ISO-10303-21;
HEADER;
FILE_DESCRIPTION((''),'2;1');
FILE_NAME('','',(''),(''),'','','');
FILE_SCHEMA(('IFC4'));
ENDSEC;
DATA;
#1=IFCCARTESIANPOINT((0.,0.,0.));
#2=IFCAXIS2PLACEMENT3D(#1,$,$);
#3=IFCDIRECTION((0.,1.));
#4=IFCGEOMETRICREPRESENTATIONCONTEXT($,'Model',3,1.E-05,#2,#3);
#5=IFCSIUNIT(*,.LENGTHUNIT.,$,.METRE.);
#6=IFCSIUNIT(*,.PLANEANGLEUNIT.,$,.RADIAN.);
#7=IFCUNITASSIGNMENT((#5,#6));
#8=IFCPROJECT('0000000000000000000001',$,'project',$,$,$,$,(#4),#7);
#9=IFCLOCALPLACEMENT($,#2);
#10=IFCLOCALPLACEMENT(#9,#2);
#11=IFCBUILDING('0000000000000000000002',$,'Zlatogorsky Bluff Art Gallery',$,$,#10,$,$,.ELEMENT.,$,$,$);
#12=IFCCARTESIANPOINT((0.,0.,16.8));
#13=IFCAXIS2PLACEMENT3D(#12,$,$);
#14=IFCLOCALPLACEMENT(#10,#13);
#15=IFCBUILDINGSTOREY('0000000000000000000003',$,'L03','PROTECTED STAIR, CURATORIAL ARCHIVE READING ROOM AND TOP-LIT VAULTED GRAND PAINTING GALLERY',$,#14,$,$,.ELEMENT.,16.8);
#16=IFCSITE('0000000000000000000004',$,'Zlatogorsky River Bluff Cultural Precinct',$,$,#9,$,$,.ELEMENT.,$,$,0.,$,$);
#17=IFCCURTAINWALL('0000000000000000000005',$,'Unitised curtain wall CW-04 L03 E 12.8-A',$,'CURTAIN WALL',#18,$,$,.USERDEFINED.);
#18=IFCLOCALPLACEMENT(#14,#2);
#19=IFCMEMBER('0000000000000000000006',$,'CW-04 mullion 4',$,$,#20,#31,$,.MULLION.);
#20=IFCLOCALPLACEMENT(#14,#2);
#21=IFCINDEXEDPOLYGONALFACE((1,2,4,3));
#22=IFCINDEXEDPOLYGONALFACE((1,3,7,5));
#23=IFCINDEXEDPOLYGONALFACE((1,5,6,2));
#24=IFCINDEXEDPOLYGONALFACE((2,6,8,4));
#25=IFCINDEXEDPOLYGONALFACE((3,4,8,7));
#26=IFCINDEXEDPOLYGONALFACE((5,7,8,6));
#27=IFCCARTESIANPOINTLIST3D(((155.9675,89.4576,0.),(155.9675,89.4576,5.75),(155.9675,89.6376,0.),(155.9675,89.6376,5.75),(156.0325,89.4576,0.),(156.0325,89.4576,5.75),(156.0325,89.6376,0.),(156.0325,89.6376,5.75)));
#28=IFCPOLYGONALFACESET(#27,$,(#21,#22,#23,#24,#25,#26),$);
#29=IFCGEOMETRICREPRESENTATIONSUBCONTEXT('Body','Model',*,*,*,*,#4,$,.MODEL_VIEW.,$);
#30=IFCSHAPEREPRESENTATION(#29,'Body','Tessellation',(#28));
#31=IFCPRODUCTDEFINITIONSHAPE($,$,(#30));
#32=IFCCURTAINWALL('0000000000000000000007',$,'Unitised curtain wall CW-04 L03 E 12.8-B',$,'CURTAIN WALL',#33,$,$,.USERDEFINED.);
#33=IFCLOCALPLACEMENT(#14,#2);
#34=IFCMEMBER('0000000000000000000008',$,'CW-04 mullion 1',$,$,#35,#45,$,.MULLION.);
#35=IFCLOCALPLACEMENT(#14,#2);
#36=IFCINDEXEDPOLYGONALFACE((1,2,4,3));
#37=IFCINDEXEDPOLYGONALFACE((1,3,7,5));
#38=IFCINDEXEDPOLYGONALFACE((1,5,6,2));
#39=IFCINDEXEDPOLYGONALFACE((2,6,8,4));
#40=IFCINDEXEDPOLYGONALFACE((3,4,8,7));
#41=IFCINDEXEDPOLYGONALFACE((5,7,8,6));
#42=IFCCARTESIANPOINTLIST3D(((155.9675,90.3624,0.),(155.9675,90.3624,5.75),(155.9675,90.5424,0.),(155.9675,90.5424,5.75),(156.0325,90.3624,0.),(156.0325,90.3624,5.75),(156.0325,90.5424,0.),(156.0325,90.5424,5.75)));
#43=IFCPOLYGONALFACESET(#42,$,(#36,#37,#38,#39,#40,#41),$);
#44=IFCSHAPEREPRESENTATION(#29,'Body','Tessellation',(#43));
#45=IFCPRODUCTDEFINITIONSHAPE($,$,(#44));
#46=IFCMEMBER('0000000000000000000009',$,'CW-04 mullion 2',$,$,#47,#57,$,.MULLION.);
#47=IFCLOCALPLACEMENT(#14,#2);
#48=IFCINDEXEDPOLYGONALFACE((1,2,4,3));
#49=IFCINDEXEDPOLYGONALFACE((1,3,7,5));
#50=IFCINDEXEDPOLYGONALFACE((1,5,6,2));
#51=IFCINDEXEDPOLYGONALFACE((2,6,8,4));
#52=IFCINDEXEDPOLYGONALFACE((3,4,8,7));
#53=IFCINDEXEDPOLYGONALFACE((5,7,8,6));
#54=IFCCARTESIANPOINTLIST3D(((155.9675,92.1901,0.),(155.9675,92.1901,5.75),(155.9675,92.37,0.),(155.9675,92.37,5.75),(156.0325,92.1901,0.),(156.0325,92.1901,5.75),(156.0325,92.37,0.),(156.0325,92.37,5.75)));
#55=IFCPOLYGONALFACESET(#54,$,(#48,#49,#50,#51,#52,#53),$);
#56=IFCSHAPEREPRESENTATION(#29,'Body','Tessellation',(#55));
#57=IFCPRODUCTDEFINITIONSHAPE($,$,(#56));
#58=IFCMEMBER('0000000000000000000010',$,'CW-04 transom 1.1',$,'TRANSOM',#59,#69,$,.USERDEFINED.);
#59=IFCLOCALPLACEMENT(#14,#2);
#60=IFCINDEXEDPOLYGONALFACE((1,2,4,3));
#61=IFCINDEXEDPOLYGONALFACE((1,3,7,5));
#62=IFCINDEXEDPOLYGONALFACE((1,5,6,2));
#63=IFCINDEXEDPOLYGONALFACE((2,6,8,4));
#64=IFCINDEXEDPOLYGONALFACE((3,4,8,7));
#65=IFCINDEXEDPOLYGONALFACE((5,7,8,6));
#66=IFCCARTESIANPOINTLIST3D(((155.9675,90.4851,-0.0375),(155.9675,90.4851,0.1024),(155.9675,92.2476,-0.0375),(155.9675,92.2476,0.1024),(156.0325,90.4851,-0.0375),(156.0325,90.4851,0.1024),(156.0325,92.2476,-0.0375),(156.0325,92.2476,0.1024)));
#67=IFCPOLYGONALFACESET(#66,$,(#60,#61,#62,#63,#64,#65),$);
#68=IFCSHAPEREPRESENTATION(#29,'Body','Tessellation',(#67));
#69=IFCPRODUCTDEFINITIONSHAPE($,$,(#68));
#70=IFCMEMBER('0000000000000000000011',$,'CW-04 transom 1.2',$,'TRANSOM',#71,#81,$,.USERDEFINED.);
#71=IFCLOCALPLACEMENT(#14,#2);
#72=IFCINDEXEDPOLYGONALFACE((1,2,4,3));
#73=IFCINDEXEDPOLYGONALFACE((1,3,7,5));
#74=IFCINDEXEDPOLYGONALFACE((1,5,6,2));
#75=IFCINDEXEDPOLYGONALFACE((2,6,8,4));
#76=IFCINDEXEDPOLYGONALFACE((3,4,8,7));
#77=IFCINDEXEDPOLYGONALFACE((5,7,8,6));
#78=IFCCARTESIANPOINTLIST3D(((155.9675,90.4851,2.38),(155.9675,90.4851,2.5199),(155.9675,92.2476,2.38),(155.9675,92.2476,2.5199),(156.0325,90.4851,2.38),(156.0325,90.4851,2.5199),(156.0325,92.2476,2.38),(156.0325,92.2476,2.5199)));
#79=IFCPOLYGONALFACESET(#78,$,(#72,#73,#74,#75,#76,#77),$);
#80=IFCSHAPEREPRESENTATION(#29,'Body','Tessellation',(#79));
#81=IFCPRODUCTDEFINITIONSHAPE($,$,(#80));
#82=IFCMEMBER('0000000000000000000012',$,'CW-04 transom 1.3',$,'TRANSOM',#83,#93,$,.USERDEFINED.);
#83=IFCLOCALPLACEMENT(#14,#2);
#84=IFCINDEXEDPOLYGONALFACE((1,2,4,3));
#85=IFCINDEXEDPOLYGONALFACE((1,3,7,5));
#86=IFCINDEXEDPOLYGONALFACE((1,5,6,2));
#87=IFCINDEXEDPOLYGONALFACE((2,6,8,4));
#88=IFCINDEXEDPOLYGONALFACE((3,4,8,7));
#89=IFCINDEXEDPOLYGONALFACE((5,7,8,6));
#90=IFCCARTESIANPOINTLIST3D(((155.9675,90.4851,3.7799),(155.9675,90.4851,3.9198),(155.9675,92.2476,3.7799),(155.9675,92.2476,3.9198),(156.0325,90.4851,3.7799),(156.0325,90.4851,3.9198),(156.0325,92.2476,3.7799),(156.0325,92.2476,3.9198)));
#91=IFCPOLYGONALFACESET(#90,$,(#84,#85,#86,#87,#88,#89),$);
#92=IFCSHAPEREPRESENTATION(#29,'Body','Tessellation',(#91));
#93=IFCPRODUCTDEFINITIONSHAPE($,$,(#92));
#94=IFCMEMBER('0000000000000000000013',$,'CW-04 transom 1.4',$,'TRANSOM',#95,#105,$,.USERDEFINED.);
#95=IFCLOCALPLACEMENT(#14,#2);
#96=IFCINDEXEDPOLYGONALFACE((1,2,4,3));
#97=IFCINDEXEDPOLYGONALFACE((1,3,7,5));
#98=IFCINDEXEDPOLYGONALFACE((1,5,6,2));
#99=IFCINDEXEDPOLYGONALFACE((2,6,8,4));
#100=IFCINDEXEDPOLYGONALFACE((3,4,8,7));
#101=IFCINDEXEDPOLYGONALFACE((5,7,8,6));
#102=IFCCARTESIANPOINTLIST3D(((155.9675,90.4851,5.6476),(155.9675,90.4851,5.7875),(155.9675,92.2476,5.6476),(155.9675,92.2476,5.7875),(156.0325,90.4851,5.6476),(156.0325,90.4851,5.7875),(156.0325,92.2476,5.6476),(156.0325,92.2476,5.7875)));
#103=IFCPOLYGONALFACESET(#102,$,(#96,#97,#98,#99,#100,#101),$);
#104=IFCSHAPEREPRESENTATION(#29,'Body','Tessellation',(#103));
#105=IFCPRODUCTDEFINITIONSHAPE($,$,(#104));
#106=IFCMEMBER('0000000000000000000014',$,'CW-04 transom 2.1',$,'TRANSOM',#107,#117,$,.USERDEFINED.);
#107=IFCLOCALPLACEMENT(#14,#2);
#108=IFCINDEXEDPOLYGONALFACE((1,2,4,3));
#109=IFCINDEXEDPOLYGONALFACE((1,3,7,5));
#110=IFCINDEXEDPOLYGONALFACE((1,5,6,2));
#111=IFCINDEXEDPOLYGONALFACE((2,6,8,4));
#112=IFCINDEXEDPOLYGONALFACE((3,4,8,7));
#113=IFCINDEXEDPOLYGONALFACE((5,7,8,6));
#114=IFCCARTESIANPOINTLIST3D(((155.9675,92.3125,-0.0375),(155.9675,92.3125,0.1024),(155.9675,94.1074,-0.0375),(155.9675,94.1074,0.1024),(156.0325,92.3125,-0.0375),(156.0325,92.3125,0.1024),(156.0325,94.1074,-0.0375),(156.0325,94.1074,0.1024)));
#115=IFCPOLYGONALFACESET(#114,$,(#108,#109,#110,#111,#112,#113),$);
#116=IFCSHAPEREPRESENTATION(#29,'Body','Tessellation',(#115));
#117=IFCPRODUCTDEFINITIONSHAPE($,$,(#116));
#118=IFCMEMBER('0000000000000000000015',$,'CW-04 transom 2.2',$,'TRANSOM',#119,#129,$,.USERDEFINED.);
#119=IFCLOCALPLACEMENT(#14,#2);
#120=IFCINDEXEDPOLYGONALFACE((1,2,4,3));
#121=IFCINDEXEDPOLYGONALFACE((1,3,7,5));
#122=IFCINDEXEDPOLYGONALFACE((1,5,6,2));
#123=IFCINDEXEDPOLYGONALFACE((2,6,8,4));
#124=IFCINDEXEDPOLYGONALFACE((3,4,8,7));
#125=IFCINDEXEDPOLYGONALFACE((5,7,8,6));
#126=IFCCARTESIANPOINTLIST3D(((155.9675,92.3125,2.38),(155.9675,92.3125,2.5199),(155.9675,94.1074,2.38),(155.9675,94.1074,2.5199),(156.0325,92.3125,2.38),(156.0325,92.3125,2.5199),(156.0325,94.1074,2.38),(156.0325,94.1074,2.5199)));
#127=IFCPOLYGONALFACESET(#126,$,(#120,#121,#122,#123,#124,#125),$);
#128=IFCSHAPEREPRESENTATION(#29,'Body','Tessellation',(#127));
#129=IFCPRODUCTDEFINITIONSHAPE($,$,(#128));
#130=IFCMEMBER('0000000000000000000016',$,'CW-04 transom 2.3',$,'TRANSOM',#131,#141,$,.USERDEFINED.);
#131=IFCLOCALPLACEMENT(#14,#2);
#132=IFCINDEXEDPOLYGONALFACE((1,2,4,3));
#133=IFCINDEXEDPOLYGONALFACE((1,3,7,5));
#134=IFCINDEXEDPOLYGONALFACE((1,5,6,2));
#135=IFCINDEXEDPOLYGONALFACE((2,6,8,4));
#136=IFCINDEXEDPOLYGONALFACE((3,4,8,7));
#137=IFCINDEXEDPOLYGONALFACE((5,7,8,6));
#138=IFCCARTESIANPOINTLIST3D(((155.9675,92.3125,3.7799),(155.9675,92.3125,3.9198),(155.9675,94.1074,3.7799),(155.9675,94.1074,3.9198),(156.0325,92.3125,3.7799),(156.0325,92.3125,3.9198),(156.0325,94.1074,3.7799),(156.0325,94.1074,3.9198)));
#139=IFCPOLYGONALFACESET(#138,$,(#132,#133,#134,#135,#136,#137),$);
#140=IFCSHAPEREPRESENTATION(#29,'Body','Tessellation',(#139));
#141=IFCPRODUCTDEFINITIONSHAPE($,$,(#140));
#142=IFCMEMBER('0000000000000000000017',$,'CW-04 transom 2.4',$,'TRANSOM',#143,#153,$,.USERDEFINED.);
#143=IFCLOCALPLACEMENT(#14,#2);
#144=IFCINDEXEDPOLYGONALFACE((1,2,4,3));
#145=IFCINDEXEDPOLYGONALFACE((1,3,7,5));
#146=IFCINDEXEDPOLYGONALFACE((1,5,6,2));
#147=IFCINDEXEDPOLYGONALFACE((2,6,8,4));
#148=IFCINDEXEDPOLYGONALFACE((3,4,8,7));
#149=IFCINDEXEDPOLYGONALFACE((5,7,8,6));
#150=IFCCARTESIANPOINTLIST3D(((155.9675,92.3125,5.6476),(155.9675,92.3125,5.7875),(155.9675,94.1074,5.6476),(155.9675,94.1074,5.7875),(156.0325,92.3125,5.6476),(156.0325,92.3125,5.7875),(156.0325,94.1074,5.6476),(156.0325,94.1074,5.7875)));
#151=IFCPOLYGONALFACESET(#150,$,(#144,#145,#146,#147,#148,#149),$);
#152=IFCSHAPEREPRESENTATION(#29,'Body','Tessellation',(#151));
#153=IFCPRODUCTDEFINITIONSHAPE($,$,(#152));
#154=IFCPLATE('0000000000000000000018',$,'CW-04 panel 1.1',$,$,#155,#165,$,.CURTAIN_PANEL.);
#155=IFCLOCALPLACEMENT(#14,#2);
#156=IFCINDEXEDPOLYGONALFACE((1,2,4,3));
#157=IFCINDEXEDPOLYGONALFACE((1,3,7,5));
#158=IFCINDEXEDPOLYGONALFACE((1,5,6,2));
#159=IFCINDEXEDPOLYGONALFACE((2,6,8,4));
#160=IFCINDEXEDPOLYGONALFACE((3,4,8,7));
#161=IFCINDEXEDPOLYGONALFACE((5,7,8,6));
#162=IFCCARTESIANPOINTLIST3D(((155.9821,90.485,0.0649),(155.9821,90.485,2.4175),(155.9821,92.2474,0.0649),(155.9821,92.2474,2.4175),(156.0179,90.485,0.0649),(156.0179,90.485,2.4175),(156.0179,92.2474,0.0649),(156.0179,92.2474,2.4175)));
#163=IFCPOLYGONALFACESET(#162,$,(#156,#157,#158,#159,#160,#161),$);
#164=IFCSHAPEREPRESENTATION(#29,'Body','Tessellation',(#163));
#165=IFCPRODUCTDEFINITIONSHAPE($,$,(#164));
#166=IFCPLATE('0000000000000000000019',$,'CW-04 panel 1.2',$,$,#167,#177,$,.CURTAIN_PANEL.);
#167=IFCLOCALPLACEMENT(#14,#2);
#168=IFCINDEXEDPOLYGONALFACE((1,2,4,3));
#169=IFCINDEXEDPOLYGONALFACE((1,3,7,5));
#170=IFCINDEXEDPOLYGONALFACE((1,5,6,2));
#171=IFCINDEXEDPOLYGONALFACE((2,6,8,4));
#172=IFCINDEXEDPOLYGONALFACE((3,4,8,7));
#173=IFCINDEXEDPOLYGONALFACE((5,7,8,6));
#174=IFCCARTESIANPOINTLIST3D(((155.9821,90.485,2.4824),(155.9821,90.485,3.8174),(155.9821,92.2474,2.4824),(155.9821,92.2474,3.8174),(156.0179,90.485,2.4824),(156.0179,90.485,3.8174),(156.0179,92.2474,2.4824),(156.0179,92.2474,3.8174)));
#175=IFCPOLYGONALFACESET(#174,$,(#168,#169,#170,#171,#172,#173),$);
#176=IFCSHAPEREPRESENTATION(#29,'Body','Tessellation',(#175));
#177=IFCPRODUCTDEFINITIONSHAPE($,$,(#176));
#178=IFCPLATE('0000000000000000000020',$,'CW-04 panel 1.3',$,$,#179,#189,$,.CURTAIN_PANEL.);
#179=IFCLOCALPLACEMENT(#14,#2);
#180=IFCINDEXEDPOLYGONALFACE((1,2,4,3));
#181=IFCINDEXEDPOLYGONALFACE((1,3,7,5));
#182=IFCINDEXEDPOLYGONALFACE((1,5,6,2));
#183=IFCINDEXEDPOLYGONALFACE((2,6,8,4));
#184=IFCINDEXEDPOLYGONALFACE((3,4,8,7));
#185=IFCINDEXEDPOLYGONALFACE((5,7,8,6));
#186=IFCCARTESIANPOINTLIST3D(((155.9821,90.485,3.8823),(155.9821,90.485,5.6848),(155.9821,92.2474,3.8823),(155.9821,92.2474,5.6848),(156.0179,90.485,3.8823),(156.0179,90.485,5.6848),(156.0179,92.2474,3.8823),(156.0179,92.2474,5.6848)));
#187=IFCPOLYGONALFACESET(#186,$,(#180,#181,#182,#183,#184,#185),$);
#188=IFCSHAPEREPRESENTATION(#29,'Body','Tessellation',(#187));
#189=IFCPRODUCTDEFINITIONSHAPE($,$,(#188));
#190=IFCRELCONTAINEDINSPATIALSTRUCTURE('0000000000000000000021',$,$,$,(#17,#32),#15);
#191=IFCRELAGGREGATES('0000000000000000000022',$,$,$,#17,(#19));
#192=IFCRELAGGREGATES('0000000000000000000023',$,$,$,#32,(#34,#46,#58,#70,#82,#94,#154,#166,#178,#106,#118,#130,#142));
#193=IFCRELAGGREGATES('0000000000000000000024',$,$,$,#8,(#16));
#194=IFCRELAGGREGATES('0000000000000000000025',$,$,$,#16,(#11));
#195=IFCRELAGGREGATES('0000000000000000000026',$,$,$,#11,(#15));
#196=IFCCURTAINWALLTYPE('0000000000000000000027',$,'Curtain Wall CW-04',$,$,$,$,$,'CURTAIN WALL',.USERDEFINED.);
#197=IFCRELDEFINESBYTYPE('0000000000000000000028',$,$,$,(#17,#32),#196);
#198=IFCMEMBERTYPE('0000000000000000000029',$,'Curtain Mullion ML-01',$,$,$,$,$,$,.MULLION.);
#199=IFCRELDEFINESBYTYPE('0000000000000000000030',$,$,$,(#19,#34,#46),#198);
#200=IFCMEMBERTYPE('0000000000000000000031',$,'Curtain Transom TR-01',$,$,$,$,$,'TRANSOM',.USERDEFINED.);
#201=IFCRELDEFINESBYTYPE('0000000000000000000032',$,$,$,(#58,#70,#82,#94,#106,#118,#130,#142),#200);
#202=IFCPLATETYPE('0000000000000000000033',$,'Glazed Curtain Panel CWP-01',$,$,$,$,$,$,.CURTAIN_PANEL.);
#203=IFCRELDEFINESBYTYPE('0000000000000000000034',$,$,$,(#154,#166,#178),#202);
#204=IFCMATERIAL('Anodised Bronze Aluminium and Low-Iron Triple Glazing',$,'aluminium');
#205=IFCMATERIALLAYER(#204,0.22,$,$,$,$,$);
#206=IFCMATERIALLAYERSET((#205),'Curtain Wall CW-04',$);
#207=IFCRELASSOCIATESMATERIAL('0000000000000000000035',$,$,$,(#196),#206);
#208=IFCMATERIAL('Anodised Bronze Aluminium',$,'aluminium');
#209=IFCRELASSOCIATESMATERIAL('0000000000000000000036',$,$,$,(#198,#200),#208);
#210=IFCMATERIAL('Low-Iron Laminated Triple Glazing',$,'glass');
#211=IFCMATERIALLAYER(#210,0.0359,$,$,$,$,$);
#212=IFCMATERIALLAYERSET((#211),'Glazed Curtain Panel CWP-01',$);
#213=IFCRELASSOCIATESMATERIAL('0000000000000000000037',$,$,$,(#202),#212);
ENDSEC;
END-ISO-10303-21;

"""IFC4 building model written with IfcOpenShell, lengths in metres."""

from ifc_helpers import new_model, si_unit, direction, frame, origin, origin_2d, place, context, subcontext, project, spatial, rectangle, extrude, material, layer, layer_set, material_profile, profile_set, type_object, element, aggregate, save


model = new_model("IFC4")

# Units and contexts
model_context = context("Model", 3, precision=1e-05, world=origin(), true_north=direction((0.0, 1.0)))
body_context = subcontext(model_context, "Body", "Model", "MODEL_VIEW")
ifc_project = project(units=[si_unit("LENGTHUNIT", "METRE"), si_unit("PLANEANGLEUNIT", "RADIAN")], contexts=[model_context])

# Site, building, storey
site_placement = place(None, origin())
site = spatial("IfcSite", under=ifc_project, at=site_placement, Name="Zlatogorsky River Bluff Cultural Precinct", CompositionType="ELEMENT", RefElevation=0.0)
building_placement = place(site_placement, origin())
building = spatial("IfcBuilding", under=site, at=building_placement, Name="Zlatogorsky Bluff Art Gallery", CompositionType="ELEMENT")
storey_placement = place(building_placement, frame((0.0, 0.0, 16.8)))
storey = spatial("IfcBuildingStorey", under=building, at=storey_placement, Name="L03", Description="PROTECTED STAIR, CURATORIAL ARCHIVE READING ROOM AND TOP-LIT VAULTED GRAND PAINTING GALLERY", CompositionType="ELEMENT", Elevation=16.8)

# Curtain wall, member
ifc_material_1 = material(Name="Anodised Bronze Aluminium and Low-Iron Triple Glazing", Category="aluminium")
ifc_layer_1 = layer(ifc_material_1, 0.22)
ifc_layer_set_1 = layer_set([ifc_layer_1], Name="Curtain Wall CW-04")
curtain_wall_type = type_object("IfcCurtainWallType", Name="Curtain Wall CW-04", ElementType="CURTAIN WALL", PredefinedType="USERDEFINED", material=ifc_layer_set_1)
curtain_wall_1_placement = place(storey_placement, origin())
curtain_wall_1 = element("IfcCurtainWall", 1, at=curtain_wall_1_placement, inside=storey, type_object=curtain_wall_type, Name="Unitised curtain wall CW-04 L03 E 12.8-A", ObjectType="CURTAIN WALL", PredefinedType="USERDEFINED")
ifc_material_2 = material(Name="Anodised Bronze Aluminium", Category="aluminium")
ifc_material_profile_1 = material_profile(ifc_material_2, rectangle(XDim=0.0649, YDim=0.1799, at=origin_2d()), Name="ALU MULLION 65x180")
ifc_profile_set_1 = profile_set([ifc_material_profile_1], Name="Anodised Bronze Aluminium")
member_type_1 = type_object("IfcMemberType", Name="Curtain Mullion ML-01", PredefinedType="MULLION", material=ifc_profile_set_1)
member_1_placement = place(storey_placement, frame((156.0, 89.5476, 0.0), z_axis=(0.0, 0.0, 1.0), x_axis=(-1.0, 0.0, 0.0)))
member_1 = element("IfcMember", 2, at=member_1_placement, type_object=member_type_1, Name="CW-04 mullion 4", PredefinedType="MULLION", context=body_context, shape_type="SweptSolid", body=[
    extrude(rectangle(XDim=0.0649, YDim=0.1799, at=origin_2d()), origin(), (0.0, 0.0, 1.0), 5.75),
])
aggregate(curtain_wall_1, [member_1])

# Curtain wall, members, plates
curtain_wall_2_placement = place(storey_placement, origin())
curtain_wall_2 = element("IfcCurtainWall", 3, at=curtain_wall_2_placement, inside=storey, type_object=curtain_wall_type, Name="Unitised curtain wall CW-04 L03 E 12.8-B", ObjectType="CURTAIN WALL", PredefinedType="USERDEFINED")
member_2_placement = place(storey_placement, frame((156.0, 90.4524, 0.0), z_axis=(0.0, 0.0, 1.0), x_axis=(-1.0, 0.0, 0.0)))
member_2 = element("IfcMember", 4, at=member_2_placement, type_object=member_type_1, Name="CW-04 mullion 1", PredefinedType="MULLION", context=body_context, shape_type="SweptSolid", body=[
    extrude(rectangle(XDim=0.0649, YDim=0.1799, at=origin_2d()), origin(), (0.0, 0.0, 1.0), 5.75),
])
member_3_placement = place(storey_placement, frame((156.0, 92.28, 0.0), z_axis=(0.0, 0.0, 1.0), x_axis=(-1.0, 0.0, 0.0)))
member_3 = element("IfcMember", 5, at=member_3_placement, type_object=member_type_1, Name="CW-04 mullion 2", PredefinedType="MULLION", context=body_context, shape_type="SweptSolid", body=[
    extrude(rectangle(XDim=0.0649, YDim=0.1799, at=origin_2d()), origin(), (0.0, 0.0, 1.0), 5.75),
])
ifc_material_profile_2 = material_profile(ifc_material_2, rectangle(XDim=0.0649, YDim=0.1399, at=origin_2d()), Name="ALU TRANSOM 65x140")
ifc_profile_set_2 = profile_set([ifc_material_profile_2], Name="Anodised Bronze Aluminium")
member_type_2 = type_object("IfcMemberType", Name="Curtain Transom TR-01", ElementType="TRANSOM", PredefinedType="USERDEFINED", material=ifc_profile_set_2)
member_4_placement = place(storey_placement, frame((156.0, 90.4851, 0.0325), z_axis=(0.0, 1.0, 0.0), x_axis=(-1.0, 0.0, 0.0)))
member_4 = element("IfcMember", 6, at=member_4_placement, type_object=member_type_2, Name="CW-04 transom 1.1", ObjectType="TRANSOM", PredefinedType="USERDEFINED", context=body_context, shape_type="SweptSolid", body=[
    extrude(rectangle(XDim=0.0649, YDim=0.1399, at=origin_2d()), origin(), (0.0, 0.0, 1.0), 1.7625),
])
member_5_placement = place(storey_placement, frame((156.0, 90.4851, 2.45), z_axis=(0.0, 1.0, 0.0), x_axis=(-1.0, 0.0, 0.0)))
member_5 = element("IfcMember", 7, at=member_5_placement, type_object=member_type_2, Name="CW-04 transom 1.2", ObjectType="TRANSOM", PredefinedType="USERDEFINED", context=body_context, shape_type="SweptSolid", body=[
    extrude(rectangle(XDim=0.0649, YDim=0.1399, at=origin_2d()), origin(), (0.0, 0.0, 1.0), 1.7625),
])
member_6_placement = place(storey_placement, frame((156.0, 90.4851, 3.8499), z_axis=(0.0, 1.0, 0.0), x_axis=(-1.0, 0.0, 0.0)))
member_6 = element("IfcMember", 8, at=member_6_placement, type_object=member_type_2, Name="CW-04 transom 1.3", ObjectType="TRANSOM", PredefinedType="USERDEFINED", context=body_context, shape_type="SweptSolid", body=[
    extrude(rectangle(XDim=0.0649, YDim=0.1399, at=origin_2d()), origin(), (0.0, 0.0, 1.0), 1.7625),
])
member_7_placement = place(storey_placement, frame((156.0, 90.4851, 5.7175), z_axis=(0.0, 1.0, 0.0), x_axis=(-1.0, 0.0, 0.0)))
member_7 = element("IfcMember", 9, at=member_7_placement, type_object=member_type_2, Name="CW-04 transom 1.4", ObjectType="TRANSOM", PredefinedType="USERDEFINED", context=body_context, shape_type="SweptSolid", body=[
    extrude(rectangle(XDim=0.0649, YDim=0.1399, at=origin_2d()), origin(), (0.0, 0.0, 1.0), 1.7625),
])
member_8_placement = place(storey_placement, frame((156.0, 92.3125, 0.0325), z_axis=(0.0, 1.0, 0.0), x_axis=(-1.0, 0.0, 0.0)))
member_8 = element("IfcMember", 10, at=member_8_placement, type_object=member_type_2, Name="CW-04 transom 2.1", ObjectType="TRANSOM", PredefinedType="USERDEFINED", context=body_context, shape_type="SweptSolid", body=[
    extrude(rectangle(XDim=0.0649, YDim=0.1399, at=origin_2d()), origin(), (0.0, 0.0, 1.0), 1.7949),
])
member_9_placement = place(storey_placement, frame((156.0, 92.3125, 2.45), z_axis=(0.0, 1.0, 0.0), x_axis=(-1.0, 0.0, 0.0)))
member_9 = element("IfcMember", 11, at=member_9_placement, type_object=member_type_2, Name="CW-04 transom 2.2", ObjectType="TRANSOM", PredefinedType="USERDEFINED", context=body_context, shape_type="SweptSolid", body=[
    extrude(rectangle(XDim=0.0649, YDim=0.1399, at=origin_2d()), origin(), (0.0, 0.0, 1.0), 1.7949),
])
member_10_placement = place(storey_placement, frame((156.0, 92.3125, 3.8499), z_axis=(0.0, 1.0, 0.0), x_axis=(-1.0, 0.0, 0.0)))
member_10 = element("IfcMember", 12, at=member_10_placement, type_object=member_type_2, Name="CW-04 transom 2.3", ObjectType="TRANSOM", PredefinedType="USERDEFINED", context=body_context, shape_type="SweptSolid", body=[
    extrude(rectangle(XDim=0.0649, YDim=0.1399, at=origin_2d()), origin(), (0.0, 0.0, 1.0), 1.7949),
])
member_11_placement = place(storey_placement, frame((156.0, 92.3125, 5.7175), z_axis=(0.0, 1.0, 0.0), x_axis=(-1.0, 0.0, 0.0)))
member_11 = element("IfcMember", 13, at=member_11_placement, type_object=member_type_2, Name="CW-04 transom 2.4", ObjectType="TRANSOM", PredefinedType="USERDEFINED", context=body_context, shape_type="SweptSolid", body=[
    extrude(rectangle(XDim=0.0649, YDim=0.1399, at=origin_2d()), origin(), (0.0, 0.0, 1.0), 1.7949),
])
ifc_material_3 = material(Name="Low-Iron Laminated Triple Glazing", Category="glass")
ifc_layer_2 = layer(ifc_material_3, 0.0359)
ifc_layer_set_2 = layer_set([ifc_layer_2], Name="Glazed Curtain Panel CWP-01")
plate_type = type_object("IfcPlateType", Name="Glazed Curtain Panel CWP-01", PredefinedType="CURTAIN_PANEL", material=ifc_layer_set_2)
plate_1_placement = place(storey_placement, frame((156.0, 91.3662, 0.0649), z_axis=(0.0, 0.0, 1.0), x_axis=(0.0, 1.0, 0.0)))
plate_1 = element("IfcPlate", 14, at=plate_1_placement, type_object=plate_type, Name="CW-04 panel 1.1", PredefinedType="CURTAIN_PANEL", context=body_context, shape_type="SweptSolid", body=[
    extrude(rectangle(XDim=1.7625, YDim=0.0359, at=origin_2d()), origin(), (0.0, 0.0, 1.0), 2.3525),
])
plate_2_placement = place(storey_placement, frame((156.0, 91.3662, 2.4824), z_axis=(0.0, 0.0, 1.0), x_axis=(0.0, 1.0, 0.0)))
plate_2 = element("IfcPlate", 15, at=plate_2_placement, type_object=plate_type, Name="CW-04 panel 1.2", PredefinedType="CURTAIN_PANEL", context=body_context, shape_type="SweptSolid", body=[
    extrude(rectangle(XDim=1.7625, YDim=0.0359, at=origin_2d()), origin(), (0.0, 0.0, 1.0), 1.335),
])
plate_3_placement = place(storey_placement, frame((156.0, 91.3662, 3.8823), z_axis=(0.0, 0.0, 1.0), x_axis=(0.0, 1.0, 0.0)))
plate_3 = element("IfcPlate", 16, at=plate_3_placement, type_object=plate_type, Name="CW-04 panel 1.3", PredefinedType="CURTAIN_PANEL", context=body_context, shape_type="SweptSolid", body=[
    extrude(rectangle(XDim=1.7625, YDim=0.0359, at=origin_2d()), origin(), (0.0, 0.0, 1.0), 1.8025),
])
aggregate(curtain_wall_2, [member_2, member_3, member_4, member_5, member_6, member_7, plate_1, plate_2, plate_3, member_8, member_9, member_10, member_11])

save(model, "model.ifc")
